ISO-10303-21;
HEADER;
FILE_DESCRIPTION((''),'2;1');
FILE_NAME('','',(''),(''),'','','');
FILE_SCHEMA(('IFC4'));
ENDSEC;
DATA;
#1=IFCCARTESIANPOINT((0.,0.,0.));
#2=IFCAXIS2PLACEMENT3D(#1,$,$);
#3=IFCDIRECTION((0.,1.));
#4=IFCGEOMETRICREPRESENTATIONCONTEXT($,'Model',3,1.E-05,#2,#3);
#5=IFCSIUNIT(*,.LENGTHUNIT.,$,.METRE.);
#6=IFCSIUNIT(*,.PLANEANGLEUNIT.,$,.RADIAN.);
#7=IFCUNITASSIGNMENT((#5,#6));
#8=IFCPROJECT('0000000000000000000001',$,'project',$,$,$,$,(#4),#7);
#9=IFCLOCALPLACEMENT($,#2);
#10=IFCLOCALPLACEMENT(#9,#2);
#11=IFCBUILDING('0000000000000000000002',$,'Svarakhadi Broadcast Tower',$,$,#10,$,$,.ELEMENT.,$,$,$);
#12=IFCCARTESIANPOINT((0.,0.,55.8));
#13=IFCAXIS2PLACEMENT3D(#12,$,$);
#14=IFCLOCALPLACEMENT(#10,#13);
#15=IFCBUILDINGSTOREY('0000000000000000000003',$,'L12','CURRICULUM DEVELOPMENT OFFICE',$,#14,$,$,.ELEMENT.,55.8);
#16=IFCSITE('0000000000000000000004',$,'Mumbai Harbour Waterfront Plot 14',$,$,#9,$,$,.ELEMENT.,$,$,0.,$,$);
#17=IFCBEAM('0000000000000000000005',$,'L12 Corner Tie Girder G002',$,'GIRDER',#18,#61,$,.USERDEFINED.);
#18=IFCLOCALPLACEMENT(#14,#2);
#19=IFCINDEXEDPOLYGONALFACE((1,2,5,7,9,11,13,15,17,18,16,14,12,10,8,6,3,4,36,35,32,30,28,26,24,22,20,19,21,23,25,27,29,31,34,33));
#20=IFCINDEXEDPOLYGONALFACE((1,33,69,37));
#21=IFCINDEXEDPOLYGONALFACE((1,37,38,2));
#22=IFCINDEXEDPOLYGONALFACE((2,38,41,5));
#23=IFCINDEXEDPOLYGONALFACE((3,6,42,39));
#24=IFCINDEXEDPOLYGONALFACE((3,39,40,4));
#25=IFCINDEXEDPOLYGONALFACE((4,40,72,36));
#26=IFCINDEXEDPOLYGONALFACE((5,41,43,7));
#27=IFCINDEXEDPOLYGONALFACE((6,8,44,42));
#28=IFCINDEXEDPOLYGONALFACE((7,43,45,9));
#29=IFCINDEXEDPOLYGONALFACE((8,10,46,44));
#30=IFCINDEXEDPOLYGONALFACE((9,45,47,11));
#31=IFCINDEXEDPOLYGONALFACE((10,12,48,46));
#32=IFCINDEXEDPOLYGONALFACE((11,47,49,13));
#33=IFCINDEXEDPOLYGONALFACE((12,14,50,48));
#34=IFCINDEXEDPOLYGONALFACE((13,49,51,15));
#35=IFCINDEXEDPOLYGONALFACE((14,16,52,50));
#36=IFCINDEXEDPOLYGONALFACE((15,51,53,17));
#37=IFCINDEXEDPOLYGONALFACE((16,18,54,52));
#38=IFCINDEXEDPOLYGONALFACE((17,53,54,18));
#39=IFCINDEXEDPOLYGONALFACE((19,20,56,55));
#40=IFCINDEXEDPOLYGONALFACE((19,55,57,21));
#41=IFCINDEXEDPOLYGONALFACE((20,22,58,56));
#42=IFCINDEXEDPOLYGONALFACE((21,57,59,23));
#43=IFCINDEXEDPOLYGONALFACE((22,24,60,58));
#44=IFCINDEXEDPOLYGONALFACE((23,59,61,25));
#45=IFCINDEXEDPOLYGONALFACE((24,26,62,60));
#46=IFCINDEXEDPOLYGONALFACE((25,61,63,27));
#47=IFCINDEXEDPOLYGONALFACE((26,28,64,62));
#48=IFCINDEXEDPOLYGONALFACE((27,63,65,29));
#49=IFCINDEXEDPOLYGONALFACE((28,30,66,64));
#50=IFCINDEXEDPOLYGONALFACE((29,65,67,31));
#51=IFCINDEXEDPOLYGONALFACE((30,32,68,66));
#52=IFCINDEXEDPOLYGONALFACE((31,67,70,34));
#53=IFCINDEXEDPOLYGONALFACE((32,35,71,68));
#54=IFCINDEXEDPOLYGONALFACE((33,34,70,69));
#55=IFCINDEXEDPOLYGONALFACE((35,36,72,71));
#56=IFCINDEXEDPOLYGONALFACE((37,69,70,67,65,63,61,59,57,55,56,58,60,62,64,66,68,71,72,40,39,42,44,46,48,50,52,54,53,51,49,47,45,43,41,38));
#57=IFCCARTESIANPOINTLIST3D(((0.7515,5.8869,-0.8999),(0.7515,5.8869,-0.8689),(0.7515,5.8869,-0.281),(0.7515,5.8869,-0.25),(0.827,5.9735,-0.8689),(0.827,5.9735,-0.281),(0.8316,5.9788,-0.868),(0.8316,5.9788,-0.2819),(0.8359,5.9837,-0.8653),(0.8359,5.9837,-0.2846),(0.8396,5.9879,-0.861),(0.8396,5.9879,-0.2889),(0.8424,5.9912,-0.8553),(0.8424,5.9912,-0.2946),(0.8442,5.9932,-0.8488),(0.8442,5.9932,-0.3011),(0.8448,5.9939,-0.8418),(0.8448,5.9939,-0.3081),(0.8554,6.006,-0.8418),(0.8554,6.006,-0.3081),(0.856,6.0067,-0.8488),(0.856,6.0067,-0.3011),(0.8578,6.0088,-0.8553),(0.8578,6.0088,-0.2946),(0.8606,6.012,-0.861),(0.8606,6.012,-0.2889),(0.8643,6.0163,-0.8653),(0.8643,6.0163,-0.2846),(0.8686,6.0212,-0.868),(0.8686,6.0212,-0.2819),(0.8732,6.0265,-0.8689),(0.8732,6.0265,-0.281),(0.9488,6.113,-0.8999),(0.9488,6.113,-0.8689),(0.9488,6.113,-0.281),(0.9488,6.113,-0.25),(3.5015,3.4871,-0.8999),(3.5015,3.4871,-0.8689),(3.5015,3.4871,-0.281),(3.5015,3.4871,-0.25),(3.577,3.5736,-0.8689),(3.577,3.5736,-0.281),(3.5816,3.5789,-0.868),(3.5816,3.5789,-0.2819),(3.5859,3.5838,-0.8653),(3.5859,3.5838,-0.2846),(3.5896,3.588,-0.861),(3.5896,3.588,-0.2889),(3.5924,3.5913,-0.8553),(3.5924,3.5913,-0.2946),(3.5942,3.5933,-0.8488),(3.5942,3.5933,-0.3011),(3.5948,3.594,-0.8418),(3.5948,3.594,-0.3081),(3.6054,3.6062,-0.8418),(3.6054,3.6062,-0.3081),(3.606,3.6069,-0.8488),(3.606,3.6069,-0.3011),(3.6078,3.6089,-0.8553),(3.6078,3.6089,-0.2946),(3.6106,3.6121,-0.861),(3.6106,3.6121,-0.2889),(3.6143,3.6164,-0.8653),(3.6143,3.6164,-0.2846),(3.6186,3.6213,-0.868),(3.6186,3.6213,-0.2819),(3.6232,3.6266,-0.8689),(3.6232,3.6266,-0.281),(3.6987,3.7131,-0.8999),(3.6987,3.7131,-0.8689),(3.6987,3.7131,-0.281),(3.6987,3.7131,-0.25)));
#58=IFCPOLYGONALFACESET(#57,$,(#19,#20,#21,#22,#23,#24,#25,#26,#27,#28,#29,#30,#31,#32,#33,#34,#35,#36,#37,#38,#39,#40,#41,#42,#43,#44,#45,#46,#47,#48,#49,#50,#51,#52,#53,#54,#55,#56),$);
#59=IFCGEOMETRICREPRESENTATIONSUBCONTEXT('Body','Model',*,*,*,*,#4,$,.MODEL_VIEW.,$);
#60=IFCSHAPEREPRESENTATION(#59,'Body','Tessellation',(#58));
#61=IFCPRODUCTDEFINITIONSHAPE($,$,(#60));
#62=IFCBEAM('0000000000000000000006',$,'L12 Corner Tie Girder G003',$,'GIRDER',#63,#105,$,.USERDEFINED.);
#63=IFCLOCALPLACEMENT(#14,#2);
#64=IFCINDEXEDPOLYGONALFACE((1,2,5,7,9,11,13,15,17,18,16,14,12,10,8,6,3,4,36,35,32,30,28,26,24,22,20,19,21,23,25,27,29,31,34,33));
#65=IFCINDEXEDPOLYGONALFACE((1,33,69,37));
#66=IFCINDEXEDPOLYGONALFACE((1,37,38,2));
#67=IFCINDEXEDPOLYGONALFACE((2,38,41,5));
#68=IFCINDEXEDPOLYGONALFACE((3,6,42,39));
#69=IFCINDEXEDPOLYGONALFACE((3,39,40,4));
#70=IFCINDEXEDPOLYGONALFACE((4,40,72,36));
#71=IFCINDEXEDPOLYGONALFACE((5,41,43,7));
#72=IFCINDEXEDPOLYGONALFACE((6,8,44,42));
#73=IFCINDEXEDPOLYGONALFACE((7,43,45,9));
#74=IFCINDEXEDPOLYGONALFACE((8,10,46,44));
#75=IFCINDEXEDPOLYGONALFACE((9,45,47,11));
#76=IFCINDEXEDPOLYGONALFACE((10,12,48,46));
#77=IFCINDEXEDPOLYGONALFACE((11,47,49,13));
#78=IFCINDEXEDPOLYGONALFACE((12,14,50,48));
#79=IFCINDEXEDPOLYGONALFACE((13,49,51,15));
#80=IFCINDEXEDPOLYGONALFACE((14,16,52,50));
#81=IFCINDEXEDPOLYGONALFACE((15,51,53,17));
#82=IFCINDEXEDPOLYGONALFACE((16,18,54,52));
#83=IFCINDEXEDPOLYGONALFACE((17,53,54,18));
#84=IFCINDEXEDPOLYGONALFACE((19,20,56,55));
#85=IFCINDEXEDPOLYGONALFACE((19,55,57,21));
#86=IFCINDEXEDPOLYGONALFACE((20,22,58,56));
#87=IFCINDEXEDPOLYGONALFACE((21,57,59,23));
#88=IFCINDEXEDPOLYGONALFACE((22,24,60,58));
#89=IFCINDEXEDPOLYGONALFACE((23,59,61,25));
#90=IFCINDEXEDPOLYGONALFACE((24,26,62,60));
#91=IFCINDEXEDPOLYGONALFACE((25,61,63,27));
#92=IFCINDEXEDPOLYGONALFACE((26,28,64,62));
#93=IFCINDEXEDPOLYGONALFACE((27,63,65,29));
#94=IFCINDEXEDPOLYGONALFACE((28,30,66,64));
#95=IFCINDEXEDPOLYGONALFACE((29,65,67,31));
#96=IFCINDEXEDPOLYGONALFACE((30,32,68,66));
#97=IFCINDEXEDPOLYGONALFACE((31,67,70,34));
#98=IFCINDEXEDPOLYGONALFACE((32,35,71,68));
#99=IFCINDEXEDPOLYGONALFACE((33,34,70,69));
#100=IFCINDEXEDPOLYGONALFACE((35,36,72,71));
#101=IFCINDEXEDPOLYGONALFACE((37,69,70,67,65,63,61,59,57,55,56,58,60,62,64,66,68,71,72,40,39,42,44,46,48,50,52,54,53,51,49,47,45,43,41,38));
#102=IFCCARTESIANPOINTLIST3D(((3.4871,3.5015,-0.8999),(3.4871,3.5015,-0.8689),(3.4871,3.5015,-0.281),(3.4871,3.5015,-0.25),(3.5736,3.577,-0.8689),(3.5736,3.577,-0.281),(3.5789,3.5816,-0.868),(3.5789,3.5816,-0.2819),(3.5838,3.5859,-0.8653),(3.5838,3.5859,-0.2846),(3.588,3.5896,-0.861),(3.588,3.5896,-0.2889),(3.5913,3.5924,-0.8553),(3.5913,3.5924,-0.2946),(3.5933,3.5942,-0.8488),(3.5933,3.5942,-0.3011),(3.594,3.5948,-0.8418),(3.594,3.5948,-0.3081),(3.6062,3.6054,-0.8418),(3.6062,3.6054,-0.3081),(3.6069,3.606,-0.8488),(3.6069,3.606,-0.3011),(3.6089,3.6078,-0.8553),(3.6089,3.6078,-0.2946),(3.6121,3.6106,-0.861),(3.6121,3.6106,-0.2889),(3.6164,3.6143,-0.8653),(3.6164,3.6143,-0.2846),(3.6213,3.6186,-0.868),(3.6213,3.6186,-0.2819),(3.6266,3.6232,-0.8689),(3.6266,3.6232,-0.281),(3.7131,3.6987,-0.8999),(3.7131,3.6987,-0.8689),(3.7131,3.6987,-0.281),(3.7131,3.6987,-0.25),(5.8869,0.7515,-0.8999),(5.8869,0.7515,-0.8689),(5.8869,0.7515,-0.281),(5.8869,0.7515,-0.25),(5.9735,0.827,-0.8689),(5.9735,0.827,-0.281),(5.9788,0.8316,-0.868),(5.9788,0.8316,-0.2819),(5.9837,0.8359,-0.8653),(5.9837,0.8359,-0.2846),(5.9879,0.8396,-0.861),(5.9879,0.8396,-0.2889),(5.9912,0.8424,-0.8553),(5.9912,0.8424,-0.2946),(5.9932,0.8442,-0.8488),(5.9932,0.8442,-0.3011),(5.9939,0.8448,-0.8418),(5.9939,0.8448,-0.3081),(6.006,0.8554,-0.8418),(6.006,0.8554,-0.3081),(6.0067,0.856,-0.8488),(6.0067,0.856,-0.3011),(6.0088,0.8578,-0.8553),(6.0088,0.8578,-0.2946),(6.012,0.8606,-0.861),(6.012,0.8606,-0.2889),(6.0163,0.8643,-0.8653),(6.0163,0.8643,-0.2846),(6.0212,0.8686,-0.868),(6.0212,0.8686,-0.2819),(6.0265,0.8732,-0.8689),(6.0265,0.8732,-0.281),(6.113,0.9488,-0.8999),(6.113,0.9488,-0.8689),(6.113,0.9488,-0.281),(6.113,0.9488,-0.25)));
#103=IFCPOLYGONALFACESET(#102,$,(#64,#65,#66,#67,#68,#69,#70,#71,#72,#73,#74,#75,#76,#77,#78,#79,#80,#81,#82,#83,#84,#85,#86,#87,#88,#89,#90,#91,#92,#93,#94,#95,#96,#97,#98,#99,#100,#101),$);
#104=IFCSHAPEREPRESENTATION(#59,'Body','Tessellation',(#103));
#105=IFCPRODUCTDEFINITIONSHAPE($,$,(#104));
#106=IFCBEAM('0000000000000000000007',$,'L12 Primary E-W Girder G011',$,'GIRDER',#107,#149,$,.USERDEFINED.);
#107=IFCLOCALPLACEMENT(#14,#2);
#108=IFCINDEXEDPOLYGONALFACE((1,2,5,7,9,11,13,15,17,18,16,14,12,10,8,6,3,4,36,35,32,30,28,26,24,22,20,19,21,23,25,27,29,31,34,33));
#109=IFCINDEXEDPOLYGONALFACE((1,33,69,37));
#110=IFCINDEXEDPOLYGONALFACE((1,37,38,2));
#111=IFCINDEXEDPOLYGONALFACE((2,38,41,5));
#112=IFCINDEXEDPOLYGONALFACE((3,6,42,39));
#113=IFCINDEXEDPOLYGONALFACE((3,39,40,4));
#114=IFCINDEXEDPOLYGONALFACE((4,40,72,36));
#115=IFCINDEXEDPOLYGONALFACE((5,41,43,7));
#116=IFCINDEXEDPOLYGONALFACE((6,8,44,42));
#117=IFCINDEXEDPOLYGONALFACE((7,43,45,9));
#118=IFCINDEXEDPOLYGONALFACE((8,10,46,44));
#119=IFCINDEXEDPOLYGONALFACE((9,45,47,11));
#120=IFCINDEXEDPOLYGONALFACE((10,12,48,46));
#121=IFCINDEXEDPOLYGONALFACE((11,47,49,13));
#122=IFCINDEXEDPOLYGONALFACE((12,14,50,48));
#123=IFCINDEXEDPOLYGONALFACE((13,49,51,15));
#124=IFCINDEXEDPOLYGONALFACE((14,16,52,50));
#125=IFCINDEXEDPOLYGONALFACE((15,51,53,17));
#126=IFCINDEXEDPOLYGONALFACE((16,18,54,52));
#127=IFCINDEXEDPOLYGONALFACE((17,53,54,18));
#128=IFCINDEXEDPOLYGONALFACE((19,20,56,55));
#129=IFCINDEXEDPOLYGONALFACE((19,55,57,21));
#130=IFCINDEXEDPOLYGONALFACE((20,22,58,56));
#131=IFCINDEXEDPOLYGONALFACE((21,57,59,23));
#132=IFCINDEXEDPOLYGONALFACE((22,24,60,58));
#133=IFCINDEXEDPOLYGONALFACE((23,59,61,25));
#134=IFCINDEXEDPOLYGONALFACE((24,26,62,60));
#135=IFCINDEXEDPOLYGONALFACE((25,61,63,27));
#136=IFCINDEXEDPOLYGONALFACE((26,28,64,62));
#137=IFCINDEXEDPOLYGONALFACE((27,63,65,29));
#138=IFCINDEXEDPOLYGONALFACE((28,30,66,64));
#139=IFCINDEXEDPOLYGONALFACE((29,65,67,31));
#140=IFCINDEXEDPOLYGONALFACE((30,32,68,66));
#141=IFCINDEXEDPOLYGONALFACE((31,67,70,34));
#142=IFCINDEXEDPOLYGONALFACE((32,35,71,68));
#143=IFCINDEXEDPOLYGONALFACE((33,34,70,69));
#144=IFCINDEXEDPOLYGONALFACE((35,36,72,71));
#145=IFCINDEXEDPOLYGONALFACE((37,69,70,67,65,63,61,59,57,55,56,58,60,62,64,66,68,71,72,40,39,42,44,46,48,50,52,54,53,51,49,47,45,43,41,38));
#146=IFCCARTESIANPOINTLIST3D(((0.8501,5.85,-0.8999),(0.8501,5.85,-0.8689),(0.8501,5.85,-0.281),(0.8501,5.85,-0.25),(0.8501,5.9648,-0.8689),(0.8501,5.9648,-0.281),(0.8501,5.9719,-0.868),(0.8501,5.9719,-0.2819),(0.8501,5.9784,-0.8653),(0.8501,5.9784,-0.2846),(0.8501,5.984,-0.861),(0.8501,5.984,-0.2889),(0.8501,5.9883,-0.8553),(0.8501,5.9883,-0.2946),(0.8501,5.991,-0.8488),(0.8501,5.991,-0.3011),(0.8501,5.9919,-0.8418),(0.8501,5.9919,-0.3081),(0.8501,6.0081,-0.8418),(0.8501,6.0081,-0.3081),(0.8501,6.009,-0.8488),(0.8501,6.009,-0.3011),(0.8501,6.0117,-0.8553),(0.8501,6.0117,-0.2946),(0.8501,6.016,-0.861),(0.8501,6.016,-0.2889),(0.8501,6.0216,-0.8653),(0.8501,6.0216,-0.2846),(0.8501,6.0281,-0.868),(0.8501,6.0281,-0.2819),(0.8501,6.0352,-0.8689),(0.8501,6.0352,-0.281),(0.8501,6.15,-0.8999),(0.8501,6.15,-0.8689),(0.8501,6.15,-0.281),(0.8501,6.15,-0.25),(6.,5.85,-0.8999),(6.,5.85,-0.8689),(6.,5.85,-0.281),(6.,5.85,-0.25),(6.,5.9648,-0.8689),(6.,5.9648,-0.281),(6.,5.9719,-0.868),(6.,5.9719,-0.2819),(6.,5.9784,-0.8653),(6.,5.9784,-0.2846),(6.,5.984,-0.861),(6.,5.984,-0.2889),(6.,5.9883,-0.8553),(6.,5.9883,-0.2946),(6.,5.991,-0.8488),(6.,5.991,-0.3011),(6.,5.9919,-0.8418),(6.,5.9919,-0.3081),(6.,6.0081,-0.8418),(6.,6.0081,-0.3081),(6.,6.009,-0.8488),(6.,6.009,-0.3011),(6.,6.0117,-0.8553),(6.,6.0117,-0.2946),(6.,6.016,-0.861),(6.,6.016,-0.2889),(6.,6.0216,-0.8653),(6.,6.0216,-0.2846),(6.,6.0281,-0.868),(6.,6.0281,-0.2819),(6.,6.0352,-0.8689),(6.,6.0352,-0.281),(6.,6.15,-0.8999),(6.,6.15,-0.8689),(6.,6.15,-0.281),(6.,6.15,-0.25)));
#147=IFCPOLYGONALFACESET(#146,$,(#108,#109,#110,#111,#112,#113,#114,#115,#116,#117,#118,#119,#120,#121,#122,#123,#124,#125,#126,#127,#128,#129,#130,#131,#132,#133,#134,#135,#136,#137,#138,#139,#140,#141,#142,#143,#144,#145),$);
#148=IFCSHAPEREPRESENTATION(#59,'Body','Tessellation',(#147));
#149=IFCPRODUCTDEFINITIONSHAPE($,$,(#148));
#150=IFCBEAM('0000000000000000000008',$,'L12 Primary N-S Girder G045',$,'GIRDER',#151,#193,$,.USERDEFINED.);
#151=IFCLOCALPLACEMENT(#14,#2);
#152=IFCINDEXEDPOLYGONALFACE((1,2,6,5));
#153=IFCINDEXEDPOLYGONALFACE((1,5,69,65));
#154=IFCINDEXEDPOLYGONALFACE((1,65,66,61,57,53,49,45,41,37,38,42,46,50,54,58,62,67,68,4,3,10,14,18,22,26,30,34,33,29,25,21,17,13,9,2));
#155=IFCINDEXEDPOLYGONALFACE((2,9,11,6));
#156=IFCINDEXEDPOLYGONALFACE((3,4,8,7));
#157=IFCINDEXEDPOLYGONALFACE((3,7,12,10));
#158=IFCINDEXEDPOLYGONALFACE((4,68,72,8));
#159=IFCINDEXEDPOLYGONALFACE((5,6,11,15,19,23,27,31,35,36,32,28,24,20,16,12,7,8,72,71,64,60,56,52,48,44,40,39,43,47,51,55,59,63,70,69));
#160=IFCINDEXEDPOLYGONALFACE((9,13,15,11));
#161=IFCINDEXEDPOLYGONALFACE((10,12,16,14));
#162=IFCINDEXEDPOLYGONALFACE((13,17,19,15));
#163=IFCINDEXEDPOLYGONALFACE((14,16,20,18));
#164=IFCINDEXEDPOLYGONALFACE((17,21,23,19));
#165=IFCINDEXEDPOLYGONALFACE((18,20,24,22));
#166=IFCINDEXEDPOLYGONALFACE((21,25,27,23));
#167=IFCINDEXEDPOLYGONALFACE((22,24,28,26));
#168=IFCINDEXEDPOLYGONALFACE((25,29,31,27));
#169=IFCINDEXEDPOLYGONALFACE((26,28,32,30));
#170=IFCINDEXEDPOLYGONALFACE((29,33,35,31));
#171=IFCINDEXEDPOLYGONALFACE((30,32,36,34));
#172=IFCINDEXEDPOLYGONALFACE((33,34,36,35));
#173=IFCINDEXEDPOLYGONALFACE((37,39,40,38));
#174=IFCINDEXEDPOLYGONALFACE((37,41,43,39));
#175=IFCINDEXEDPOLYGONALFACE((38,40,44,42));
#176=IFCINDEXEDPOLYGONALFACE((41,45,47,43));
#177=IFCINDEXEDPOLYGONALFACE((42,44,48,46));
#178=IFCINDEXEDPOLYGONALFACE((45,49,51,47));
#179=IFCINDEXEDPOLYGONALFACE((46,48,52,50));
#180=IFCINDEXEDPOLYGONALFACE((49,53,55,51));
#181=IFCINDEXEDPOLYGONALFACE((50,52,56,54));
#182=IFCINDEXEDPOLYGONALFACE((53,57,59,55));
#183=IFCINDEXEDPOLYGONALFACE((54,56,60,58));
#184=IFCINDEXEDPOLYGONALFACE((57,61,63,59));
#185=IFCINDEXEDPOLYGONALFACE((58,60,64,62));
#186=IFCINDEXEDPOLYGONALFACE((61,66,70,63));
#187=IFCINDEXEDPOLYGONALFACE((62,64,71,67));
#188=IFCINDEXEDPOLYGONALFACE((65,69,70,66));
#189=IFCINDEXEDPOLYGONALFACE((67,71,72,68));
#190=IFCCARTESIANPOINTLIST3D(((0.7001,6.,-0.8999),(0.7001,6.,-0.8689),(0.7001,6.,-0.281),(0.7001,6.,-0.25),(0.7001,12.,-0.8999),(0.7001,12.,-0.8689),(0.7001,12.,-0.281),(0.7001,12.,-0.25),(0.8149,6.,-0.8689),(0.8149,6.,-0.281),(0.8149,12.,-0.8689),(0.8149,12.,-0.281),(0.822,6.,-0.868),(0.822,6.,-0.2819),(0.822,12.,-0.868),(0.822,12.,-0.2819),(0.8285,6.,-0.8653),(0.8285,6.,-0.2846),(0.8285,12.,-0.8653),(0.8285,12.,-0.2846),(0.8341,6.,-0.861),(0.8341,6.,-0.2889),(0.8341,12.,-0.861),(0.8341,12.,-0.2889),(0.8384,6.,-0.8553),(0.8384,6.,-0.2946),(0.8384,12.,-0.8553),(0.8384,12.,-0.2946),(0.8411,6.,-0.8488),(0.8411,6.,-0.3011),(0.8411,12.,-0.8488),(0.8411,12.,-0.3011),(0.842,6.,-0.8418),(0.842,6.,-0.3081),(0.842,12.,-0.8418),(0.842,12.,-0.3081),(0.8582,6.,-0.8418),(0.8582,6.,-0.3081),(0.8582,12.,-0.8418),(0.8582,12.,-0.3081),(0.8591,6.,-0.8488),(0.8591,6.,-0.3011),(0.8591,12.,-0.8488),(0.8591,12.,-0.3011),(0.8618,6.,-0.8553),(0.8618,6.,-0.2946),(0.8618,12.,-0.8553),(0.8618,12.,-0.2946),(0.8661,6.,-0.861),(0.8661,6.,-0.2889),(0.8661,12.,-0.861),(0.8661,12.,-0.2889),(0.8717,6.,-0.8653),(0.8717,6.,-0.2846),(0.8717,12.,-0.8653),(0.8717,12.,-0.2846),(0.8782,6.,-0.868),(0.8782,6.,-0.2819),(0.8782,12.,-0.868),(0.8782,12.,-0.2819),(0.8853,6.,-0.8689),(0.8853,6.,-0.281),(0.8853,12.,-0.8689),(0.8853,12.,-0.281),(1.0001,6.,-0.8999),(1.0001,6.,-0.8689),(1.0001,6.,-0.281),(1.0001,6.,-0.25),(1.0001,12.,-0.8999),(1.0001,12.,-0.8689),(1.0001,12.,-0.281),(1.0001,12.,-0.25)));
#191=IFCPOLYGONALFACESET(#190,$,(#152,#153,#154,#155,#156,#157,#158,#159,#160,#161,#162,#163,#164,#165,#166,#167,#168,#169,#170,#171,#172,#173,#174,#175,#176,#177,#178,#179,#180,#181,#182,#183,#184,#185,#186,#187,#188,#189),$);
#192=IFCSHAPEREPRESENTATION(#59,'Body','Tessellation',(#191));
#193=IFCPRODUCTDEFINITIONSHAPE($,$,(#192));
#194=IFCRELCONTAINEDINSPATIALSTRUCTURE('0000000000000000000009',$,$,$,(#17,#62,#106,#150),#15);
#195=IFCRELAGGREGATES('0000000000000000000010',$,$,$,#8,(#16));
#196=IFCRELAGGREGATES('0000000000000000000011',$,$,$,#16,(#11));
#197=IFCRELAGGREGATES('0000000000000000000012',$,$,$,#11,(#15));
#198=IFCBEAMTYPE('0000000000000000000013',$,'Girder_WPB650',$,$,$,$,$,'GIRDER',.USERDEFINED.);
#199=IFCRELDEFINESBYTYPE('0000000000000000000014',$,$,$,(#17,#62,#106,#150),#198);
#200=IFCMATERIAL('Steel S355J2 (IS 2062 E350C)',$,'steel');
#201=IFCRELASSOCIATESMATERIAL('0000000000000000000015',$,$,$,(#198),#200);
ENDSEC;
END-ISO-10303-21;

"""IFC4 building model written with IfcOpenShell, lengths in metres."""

from ifc_helpers import new_model, si_unit, direction, frame, origin, origin_2d, place, context, subcontext, project, spatial, i_section, extrude, material, material_profile, profile_set, type_object, element, save


model = new_model("IFC4")

# Units and contexts
model_context = context("Model", 3, precision=1e-05, world=origin(), true_north=direction((0.0, 1.0)))
body_context = subcontext(model_context, "Body", "Model", "MODEL_VIEW")
ifc_project = project(units=[si_unit("LENGTHUNIT", "METRE"), si_unit("PLANEANGLEUNIT", "RADIAN")], contexts=[model_context])

# Site, building, storey
site_placement = place(None, origin())
site = spatial("IfcSite", under=ifc_project, at=site_placement, Name="Mumbai Harbour Waterfront Plot 14", CompositionType="ELEMENT", RefElevation=0.0)
building_placement = place(site_placement, origin())
building = spatial("IfcBuilding", under=site, at=building_placement, Name="Svarakhadi Broadcast Tower", CompositionType="ELEMENT")
storey_placement = place(building_placement, frame((0.0, 0.0, 55.8)))
storey = spatial("IfcBuildingStorey", under=building, at=storey_placement, Name="L12", Description="CURRICULUM DEVELOPMENT OFFICE", CompositionType="ELEMENT", Elevation=55.8)

# Beams
ifc_material_1 = material(Name="Steel S355J2 (IS 2062 E350C)", Category="steel")
ifc_material_profile_1 = material_profile(ifc_material_1, i_section(OverallWidth=0.3, OverallDepth=0.6499, WebThickness=0.0161, FlangeThickness=0.031, FilletRadius=0.0271, at=origin_2d()), Name="WPB 650x300x225")
ifc_profile_set_1 = profile_set([ifc_material_profile_1], Name="Steel S355J2 (IS 2062 E350C)")
beam_type = type_object("IfcBeamType", Name="Girder_WPB650", ElementType="GIRDER", PredefinedType="USERDEFINED", material=ifc_profile_set_1)
for number, where, z_axis, x_axis, name in (
    (1, (3.6001, 3.6001, -0.575), (-0.753438, 0.657519, 0.0), (-0.657519, -0.753438, 0.0), "L12 Corner Tie Girder G002"),
    (2, (3.6001, 3.6001, -0.575), (0.657519, -0.753438, 0.0), (0.753438, 0.657519, 0.0), "L12 Corner Tie Girder G003"),
):
    element("IfcBeam", number, at=place(storey_placement, frame(where, z_axis=z_axis, x_axis=x_axis)), inside=storey, type_object=beam_type, Name=name, ObjectType="GIRDER", PredefinedType="USERDEFINED", context=body_context, shape_type="SweptSolid", body=[
        extrude(i_section(OverallWidth=0.3, OverallDepth=0.6499, WebThickness=0.0161, FlangeThickness=0.031, FilletRadius=0.0271, at=origin_2d()), origin(), (0.0, 0.0, 1.0), 3.6499),
    ])
beam_1_placement = place(storey_placement, frame((0.8501, 6.0, -0.575), z_axis=(1.0, 0.0, 0.0), x_axis=(0.0, 1.0, 0.0)))
element("IfcBeam", 3, at=beam_1_placement, inside=storey, type_object=beam_type, Name="L12 Primary E-W Girder G011", ObjectType="GIRDER", PredefinedType="USERDEFINED", context=body_context, shape_type="SweptSolid", body=[
    extrude(i_section(OverallWidth=0.3, OverallDepth=0.6499, WebThickness=0.0161, FlangeThickness=0.031, FilletRadius=0.0271, at=origin_2d()), origin(), (0.0, 0.0, 1.0), 5.1499),
])
beam_2_placement = place(storey_placement, frame((0.8501, 6.0, -0.575), z_axis=(0.0, 1.0, 0.0), x_axis=(-1.0, 0.0, 0.0)))
element("IfcBeam", 4, at=beam_2_placement, inside=storey, type_object=beam_type, Name="L12 Primary N-S Girder G045", ObjectType="GIRDER", PredefinedType="USERDEFINED", context=body_context, shape_type="SweptSolid", body=[
    extrude(i_section(OverallWidth=0.3, OverallDepth=0.6499, WebThickness=0.0161, FlangeThickness=0.031, FilletRadius=0.0271, at=origin_2d()), origin(), (0.0, 0.0, 1.0), 6.0),
])

save(model, "model.ifc")
